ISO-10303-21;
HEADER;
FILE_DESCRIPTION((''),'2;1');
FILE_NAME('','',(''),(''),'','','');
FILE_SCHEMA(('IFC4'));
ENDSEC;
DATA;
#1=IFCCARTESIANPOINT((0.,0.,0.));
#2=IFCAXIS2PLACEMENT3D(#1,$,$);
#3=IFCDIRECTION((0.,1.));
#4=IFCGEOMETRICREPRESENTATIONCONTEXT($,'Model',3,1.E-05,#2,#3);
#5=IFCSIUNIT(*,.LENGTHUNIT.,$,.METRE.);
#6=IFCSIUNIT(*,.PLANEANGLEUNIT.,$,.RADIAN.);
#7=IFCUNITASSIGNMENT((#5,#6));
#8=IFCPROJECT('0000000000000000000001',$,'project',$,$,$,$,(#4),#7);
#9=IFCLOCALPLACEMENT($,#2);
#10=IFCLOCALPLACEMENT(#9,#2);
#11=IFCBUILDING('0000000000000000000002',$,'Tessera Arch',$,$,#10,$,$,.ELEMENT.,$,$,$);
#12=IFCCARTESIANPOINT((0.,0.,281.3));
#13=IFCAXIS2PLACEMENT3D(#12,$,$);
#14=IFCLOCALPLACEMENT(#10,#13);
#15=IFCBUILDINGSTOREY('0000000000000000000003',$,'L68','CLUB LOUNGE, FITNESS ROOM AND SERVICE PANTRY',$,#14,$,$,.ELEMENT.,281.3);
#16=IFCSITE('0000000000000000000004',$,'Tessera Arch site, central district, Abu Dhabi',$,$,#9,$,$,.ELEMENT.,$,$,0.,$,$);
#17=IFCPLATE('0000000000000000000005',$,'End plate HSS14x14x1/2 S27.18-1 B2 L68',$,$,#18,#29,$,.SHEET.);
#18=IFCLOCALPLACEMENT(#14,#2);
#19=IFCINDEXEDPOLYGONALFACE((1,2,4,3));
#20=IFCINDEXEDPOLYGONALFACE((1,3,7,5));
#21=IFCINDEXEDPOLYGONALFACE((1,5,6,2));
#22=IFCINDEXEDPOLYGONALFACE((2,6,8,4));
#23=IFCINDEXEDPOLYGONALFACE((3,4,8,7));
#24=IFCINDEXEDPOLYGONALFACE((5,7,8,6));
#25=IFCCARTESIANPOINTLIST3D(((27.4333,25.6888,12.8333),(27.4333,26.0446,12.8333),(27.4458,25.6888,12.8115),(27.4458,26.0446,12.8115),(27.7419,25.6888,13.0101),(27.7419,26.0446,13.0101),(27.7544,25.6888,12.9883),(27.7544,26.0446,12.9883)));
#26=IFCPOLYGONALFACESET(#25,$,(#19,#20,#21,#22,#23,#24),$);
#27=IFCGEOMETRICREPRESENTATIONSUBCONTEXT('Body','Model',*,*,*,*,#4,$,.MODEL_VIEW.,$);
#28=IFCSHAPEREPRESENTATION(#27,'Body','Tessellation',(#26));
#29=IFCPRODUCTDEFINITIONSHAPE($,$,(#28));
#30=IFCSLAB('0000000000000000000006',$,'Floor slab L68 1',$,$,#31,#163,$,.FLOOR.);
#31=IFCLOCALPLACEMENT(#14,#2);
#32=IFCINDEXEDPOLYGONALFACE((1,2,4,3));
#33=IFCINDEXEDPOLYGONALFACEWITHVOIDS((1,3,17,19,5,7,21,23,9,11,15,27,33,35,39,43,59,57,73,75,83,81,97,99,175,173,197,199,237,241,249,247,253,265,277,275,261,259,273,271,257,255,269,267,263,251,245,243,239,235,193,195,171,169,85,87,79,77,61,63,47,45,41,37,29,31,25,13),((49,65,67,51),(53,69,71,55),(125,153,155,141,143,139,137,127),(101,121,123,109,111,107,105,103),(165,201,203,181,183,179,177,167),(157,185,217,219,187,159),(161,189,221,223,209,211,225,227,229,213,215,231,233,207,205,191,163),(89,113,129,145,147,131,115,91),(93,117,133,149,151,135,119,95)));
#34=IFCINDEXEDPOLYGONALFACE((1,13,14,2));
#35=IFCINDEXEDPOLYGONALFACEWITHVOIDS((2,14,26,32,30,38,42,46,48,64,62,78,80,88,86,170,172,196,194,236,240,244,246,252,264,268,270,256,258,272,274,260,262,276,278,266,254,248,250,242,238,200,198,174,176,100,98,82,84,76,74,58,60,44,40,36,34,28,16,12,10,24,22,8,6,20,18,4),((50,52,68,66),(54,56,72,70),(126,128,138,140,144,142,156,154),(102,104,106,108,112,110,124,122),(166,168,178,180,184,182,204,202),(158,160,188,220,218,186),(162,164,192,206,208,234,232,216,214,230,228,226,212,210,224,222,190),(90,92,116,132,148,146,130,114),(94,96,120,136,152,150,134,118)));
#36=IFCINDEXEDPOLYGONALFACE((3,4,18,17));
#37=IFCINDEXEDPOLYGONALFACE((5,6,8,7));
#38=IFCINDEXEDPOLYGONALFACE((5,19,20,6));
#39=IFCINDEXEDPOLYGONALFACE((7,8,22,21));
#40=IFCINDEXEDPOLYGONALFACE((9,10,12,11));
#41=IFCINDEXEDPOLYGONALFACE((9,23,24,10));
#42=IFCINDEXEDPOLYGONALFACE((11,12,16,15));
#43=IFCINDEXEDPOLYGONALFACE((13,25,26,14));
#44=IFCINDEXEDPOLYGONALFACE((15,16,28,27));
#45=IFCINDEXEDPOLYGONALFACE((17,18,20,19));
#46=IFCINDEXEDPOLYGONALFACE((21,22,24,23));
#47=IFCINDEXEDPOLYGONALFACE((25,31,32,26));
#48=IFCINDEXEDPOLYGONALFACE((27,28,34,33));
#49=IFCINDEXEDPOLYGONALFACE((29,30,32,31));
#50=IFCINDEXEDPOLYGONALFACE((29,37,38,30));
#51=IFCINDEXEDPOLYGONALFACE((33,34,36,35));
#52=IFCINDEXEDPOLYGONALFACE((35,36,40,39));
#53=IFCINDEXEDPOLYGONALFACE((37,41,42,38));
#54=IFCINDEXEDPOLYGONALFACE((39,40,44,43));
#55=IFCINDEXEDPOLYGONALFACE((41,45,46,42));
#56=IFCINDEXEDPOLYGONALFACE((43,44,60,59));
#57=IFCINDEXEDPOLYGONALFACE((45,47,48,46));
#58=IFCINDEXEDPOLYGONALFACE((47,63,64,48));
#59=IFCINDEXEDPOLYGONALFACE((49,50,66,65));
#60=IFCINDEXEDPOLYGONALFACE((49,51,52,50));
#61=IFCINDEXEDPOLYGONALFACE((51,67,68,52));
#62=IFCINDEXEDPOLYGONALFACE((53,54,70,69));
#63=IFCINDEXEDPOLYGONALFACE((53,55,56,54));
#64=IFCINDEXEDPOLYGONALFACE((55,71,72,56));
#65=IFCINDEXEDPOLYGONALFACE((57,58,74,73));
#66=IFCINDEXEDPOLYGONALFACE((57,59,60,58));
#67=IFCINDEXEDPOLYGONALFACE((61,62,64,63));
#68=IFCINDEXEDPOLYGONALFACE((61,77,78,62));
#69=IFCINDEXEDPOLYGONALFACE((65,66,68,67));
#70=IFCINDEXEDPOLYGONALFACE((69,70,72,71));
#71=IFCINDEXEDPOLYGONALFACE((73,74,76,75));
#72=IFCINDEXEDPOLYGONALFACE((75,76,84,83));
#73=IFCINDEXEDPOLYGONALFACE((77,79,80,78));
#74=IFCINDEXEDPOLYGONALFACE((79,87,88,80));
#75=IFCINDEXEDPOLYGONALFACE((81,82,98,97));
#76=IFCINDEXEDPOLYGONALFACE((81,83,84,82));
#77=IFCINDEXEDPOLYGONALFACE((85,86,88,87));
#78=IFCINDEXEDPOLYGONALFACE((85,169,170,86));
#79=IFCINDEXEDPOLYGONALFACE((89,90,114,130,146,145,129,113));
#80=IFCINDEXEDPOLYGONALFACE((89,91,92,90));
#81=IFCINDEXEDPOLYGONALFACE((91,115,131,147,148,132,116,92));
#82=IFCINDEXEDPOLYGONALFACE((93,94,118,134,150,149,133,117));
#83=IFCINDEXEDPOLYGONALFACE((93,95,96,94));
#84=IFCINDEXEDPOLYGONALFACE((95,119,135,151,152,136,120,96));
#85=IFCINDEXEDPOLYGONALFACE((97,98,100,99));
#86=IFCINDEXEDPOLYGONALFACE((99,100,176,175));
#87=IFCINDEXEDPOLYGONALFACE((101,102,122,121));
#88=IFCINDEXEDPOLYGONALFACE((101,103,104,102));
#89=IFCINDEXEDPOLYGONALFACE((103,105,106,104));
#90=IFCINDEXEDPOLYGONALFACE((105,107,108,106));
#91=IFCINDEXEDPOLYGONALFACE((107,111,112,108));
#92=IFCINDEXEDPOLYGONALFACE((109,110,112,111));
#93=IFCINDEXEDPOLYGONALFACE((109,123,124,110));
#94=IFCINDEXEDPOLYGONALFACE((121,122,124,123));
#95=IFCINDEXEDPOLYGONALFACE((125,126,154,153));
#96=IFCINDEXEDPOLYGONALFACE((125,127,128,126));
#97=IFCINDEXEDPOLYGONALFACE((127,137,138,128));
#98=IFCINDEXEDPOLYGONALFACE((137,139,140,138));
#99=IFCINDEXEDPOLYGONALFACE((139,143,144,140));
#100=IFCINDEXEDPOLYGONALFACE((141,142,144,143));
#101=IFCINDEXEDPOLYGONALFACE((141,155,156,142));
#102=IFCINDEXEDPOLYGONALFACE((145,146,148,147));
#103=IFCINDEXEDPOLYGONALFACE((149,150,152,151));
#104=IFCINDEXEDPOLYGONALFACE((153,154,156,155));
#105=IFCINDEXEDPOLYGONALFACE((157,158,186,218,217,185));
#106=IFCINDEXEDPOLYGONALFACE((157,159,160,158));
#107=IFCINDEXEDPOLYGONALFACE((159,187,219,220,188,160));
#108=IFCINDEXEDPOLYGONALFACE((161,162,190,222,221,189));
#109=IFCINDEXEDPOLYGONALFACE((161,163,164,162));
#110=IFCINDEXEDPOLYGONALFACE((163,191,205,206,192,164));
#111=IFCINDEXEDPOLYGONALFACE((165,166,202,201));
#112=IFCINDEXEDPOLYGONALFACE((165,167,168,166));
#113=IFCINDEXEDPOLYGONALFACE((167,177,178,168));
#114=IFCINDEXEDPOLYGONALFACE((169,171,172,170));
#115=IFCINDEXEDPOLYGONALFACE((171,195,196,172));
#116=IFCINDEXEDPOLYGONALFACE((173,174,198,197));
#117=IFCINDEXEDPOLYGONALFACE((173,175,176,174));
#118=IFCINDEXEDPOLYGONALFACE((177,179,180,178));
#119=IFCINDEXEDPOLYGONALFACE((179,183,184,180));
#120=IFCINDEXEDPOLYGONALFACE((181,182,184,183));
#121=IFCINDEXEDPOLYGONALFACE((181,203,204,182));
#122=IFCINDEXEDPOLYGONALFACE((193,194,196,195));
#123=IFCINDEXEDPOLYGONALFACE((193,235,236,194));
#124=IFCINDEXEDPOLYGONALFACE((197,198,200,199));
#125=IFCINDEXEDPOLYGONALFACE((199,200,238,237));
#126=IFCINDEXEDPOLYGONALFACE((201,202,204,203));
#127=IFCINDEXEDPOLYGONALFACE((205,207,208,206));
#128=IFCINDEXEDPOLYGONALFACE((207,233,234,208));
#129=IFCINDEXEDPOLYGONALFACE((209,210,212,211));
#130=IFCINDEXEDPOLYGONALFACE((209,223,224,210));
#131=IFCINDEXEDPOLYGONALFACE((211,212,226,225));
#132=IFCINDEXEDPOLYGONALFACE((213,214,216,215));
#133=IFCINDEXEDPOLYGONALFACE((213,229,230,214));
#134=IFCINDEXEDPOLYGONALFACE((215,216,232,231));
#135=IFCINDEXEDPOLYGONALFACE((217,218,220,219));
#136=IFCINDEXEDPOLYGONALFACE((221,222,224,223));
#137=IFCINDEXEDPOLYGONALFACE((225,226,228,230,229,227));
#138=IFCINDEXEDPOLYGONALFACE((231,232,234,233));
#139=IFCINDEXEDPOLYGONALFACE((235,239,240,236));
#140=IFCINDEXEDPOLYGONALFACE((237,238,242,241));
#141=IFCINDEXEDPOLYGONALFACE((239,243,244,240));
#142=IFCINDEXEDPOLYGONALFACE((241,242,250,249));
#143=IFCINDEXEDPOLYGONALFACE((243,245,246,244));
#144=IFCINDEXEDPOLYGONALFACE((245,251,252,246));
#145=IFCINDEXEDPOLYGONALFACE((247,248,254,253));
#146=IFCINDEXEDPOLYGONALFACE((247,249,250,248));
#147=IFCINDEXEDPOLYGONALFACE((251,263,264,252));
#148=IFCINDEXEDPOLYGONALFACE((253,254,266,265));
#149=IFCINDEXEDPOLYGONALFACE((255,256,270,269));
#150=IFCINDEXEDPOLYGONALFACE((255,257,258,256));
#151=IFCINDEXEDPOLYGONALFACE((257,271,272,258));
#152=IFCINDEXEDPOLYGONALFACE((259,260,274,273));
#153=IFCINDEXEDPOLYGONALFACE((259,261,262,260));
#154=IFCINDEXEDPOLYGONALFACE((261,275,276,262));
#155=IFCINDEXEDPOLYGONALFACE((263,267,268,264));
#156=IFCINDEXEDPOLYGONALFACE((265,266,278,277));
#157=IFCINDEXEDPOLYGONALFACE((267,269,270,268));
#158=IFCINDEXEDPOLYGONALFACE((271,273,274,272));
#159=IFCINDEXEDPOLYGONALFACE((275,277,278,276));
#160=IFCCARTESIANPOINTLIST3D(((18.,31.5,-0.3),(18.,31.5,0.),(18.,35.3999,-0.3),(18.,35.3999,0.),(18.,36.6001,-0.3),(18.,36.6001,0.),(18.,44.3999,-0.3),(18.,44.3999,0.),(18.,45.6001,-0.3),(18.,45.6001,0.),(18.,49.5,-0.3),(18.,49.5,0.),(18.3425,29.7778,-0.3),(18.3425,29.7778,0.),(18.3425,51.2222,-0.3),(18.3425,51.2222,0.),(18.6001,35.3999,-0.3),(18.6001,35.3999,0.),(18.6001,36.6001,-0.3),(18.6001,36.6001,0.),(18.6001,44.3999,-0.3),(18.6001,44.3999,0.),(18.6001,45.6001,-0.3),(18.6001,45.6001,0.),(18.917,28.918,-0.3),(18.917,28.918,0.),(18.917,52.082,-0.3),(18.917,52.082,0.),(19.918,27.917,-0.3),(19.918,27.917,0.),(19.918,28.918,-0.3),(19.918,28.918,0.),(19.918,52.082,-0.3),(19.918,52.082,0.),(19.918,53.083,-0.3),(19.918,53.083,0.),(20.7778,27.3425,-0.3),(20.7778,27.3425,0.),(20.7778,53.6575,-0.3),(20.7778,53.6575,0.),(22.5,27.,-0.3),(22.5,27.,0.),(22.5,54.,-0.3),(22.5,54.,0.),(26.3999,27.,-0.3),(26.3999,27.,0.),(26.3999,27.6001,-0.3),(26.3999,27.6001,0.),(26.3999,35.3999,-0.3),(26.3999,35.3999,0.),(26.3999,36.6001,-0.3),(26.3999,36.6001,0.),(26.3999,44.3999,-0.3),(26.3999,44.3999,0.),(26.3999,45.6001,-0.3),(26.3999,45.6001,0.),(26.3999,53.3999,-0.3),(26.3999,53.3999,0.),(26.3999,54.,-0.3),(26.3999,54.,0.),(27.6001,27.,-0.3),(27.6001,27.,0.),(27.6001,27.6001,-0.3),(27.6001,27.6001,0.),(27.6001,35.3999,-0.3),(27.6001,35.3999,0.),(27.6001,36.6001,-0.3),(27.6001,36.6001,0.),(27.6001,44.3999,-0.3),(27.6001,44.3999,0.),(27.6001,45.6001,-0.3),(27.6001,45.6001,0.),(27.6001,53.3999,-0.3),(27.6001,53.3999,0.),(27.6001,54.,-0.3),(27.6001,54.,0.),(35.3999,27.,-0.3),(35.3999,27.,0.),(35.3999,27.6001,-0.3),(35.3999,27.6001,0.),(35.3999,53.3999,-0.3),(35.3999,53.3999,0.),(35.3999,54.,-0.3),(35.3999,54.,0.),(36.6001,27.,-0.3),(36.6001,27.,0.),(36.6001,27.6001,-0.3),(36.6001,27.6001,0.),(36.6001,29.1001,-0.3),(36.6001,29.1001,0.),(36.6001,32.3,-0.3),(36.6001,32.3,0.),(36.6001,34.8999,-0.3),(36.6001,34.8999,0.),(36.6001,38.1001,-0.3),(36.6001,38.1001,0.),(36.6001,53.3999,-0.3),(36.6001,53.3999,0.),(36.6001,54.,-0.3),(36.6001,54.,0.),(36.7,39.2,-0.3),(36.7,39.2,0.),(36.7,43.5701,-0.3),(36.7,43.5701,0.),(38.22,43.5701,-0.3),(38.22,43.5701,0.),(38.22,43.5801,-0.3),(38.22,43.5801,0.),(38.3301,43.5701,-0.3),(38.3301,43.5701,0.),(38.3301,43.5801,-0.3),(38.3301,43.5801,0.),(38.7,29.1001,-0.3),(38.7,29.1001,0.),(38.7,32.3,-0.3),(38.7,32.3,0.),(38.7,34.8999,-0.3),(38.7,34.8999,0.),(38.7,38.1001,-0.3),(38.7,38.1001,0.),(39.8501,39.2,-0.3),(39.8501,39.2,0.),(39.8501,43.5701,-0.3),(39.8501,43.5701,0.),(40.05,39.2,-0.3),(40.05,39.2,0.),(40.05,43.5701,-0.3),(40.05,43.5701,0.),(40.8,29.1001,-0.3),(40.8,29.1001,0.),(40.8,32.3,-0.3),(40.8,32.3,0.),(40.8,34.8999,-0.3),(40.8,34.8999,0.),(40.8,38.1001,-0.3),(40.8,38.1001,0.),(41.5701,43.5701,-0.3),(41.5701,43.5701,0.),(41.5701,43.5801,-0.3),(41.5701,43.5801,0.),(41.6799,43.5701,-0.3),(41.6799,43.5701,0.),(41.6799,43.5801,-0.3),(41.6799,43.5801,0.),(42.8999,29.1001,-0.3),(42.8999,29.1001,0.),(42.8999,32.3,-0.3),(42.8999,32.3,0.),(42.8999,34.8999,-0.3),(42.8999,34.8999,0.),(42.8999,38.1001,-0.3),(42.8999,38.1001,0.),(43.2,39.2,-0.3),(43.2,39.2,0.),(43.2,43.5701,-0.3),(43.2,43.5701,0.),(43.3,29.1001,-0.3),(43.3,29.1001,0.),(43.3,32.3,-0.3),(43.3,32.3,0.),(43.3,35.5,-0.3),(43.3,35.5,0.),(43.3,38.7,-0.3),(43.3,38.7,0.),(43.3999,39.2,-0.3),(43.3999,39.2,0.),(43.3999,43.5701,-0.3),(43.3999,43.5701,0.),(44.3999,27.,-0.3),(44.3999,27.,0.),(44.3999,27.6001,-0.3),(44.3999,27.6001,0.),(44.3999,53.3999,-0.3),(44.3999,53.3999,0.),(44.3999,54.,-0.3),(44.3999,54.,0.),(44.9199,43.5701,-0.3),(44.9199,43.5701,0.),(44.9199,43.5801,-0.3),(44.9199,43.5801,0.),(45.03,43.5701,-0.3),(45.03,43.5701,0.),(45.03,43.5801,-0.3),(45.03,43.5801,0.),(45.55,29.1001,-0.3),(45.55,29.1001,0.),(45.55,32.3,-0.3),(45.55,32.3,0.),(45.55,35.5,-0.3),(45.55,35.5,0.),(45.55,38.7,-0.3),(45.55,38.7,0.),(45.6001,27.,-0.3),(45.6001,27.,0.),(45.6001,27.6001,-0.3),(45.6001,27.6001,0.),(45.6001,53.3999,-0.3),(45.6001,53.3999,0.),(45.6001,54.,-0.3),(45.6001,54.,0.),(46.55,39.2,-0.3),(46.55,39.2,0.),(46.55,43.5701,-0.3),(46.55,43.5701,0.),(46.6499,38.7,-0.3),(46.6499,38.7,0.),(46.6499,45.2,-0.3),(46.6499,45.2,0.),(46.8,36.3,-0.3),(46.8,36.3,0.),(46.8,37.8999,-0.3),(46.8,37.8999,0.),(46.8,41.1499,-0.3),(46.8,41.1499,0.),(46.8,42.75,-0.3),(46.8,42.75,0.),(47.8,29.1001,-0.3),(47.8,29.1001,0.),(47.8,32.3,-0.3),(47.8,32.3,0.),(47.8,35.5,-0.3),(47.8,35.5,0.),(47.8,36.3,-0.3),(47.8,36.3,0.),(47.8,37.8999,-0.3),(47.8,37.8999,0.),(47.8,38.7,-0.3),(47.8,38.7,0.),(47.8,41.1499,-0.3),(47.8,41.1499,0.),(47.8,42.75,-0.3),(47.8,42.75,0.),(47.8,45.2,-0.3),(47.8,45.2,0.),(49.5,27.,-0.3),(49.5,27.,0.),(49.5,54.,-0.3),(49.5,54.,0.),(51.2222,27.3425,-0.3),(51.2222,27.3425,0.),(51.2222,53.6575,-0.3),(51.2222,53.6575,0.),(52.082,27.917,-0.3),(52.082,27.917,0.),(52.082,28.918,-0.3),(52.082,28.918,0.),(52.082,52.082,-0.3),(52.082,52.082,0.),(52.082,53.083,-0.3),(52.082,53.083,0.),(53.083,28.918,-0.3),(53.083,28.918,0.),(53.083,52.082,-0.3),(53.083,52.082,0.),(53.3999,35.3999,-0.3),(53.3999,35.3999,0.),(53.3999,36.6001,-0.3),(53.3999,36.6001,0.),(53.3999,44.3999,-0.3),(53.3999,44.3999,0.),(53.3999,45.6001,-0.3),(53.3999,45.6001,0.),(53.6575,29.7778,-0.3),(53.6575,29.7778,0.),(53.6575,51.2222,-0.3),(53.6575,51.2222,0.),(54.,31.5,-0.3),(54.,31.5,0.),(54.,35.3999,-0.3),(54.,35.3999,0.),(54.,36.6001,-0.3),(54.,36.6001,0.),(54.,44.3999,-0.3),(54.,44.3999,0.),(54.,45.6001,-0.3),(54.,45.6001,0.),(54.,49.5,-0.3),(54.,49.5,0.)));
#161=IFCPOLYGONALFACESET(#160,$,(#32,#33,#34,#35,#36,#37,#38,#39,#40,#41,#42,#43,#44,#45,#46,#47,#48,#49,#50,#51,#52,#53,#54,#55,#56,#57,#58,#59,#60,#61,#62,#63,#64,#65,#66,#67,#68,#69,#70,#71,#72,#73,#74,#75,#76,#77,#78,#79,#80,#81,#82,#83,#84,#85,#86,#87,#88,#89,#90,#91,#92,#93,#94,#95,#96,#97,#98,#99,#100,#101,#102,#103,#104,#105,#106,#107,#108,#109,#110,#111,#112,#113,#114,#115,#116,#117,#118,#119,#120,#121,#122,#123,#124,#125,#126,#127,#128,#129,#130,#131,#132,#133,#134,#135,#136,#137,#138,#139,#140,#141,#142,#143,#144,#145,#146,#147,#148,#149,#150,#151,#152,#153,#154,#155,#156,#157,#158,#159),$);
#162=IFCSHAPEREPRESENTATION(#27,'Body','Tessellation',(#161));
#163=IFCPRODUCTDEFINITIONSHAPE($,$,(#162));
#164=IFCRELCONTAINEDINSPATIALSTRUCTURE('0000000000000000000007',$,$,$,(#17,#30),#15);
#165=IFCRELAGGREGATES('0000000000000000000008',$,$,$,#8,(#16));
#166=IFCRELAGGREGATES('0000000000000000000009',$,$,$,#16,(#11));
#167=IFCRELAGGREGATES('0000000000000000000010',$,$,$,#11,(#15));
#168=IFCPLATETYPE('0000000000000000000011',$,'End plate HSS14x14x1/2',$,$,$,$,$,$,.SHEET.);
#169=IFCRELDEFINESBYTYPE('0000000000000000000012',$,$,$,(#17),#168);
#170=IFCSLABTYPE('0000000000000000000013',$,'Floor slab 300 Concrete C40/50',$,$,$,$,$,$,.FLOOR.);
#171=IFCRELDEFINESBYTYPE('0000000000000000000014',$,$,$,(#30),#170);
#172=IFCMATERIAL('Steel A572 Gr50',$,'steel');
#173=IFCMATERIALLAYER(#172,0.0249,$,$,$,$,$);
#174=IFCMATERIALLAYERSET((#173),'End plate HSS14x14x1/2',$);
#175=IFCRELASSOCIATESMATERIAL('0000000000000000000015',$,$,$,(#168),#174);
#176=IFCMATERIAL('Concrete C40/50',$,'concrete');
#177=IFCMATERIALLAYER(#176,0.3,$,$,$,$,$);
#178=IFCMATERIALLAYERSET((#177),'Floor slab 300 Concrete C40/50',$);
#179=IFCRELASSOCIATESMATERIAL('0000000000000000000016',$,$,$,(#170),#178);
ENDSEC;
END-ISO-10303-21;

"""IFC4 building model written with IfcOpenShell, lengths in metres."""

from ifc_helpers import new_model, si_unit, direction, frame, origin, origin_2d, place, context, subcontext, project, spatial, polyline, rectangle, outline, extrude, material, layer, layer_set, type_object, element, save


model = new_model("IFC4")

# Units and contexts
model_context = context("Model", 3, precision=1e-05, world=origin(), true_north=direction((0.0, 1.0)))
body_context = subcontext(model_context, "Body", "Model", "MODEL_VIEW")
ifc_project = project(units=[si_unit("LENGTHUNIT", "METRE"), si_unit("PLANEANGLEUNIT", "RADIAN")], contexts=[model_context])

# Site, building, storey
site_placement = place(None, origin())
site = spatial("IfcSite", under=ifc_project, at=site_placement, Name="Tessera Arch site, central district, Abu Dhabi", CompositionType="ELEMENT", RefElevation=0.0)
building_placement = place(site_placement, origin())
building = spatial("IfcBuilding", under=site, at=building_placement, Name="Tessera Arch", CompositionType="ELEMENT")
storey_placement = place(building_placement, frame((0.0, 0.0, 281.3)))
storey = spatial("IfcBuildingStorey", under=building, at=storey_placement, Name="L68", Description="CLUB LOUNGE, FITNESS ROOM AND SERVICE PANTRY", CompositionType="ELEMENT", Elevation=281.3)

# Plate
ifc_material_1 = material(Name="Steel A572 Gr50", Category="steel")
ifc_layer_1 = layer(ifc_material_1, 0.0249)
ifc_layer_set_1 = layer_set([ifc_layer_1], Name="End plate HSS14x14x1/2")
plate_type_1 = type_object("IfcPlateType", Name="End plate HSS14x14x1/2", PredefinedType="SHEET", material=ifc_layer_set_1)
plate_1_placement = place(storey_placement, frame((27.6001, 25.8667, 12.8999), z_axis=(-0.497188, 0.0, 0.867643), x_axis=(0.0, -1.0, 0.0)))
element("IfcPlate", 1, at=plate_1_placement, inside=storey, type_object=plate_type_1, Name="End plate HSS14x14x1/2 S27.18-1 B2 L68", PredefinedType="SHEET", context=body_context, shape_type="SweptSolid", body=[
    extrude(rectangle(XDim=0.3557, YDim=0.3557, at=origin_2d()), origin(), (0.0, 0.0, 1.0), 0.0251),
])

# Slab
ifc_material_2 = material(Name="Concrete C40/50", Category="concrete")
ifc_layer_2 = layer(ifc_material_2, 0.3)
ifc_layer_set_2 = layer_set([ifc_layer_2], Name="Floor slab 300 Concrete C40/50")
slab_type_1 = type_object("IfcSlabType", Name="Floor slab 300 Concrete C40/50", PredefinedType="FLOOR", material=ifc_layer_set_2)
slab_1_placement = place(storey_placement, frame((0.0, 0.0, -0.3)))
element("IfcSlab", 2, at=slab_1_placement, inside=storey, type_object=slab_type_1, Name="Floor slab L68 1", PredefinedType="FLOOR", context=body_context, shape_type="SweptSolid", body=[
    extrude(outline(polyline([(54.0, 31.5), (53.6575, 29.7778), (53.083, 28.918), (52.082, 28.918), (52.082, 27.917), (51.2222, 27.3425), (49.5, 27.0), (45.6001, 27.0), (45.6001, 27.6001), (44.3999, 27.6001), (44.3999, 27.0), (36.6001, 27.0), (36.6001, 27.6001), (35.3999, 27.6001), (35.3999, 27.0), (27.6001, 27.0), (27.6001, 27.6001), (26.3999, 27.6001), (26.3999, 27.0), (22.5, 27.0), (20.7778, 27.3425), (19.918, 27.917), (19.918, 28.918), (18.917, 28.918), (18.3425, 29.7778), (18.0, 31.5), (18.0, 35.3999), (18.6001, 35.3999), (18.6001, 36.6001), (18.0, 36.6001), (18.0, 44.3999), (18.6001, 44.3999), (18.6001, 45.6001), (18.0, 45.6001), (18.0, 49.5), (18.3425, 51.2222), (18.917, 52.082), (19.918, 52.082), (19.918, 53.083), (20.7778, 53.6575), (22.5, 54.0), (26.3999, 54.0), (26.3999, 53.3999), (27.6001, 53.3999), (27.6001, 54.0), (35.3999, 54.0), (35.3999, 53.3999), (36.6001, 53.3999), (36.6001, 54.0), (44.3999, 54.0), (44.3999, 53.3999), (45.6001, 53.3999), (45.6001, 54.0), (49.5, 54.0), (51.2222, 53.6575), (52.082, 53.083), (52.082, 52.082), (53.083, 52.082), (53.6575, 51.2222), (54.0, 49.5), (54.0, 45.6001), (53.3999, 45.6001), (53.3999, 44.3999), (54.0, 44.3999), (54.0, 36.6001), (53.3999, 36.6001), (53.3999, 35.3999), (54.0, 35.3999), (54.0, 31.5)]), holes=[polyline([(40.8, 29.1001), (42.8999, 29.1001), (42.8999, 32.3), (40.8, 32.3), (38.7, 32.3), (36.6001, 32.3), (36.6001, 29.1001), (38.7, 29.1001), (40.8, 29.1001)]), polyline([(27.6001, 35.3999), (27.6001, 36.6001), (26.3999, 36.6001), (26.3999, 35.3999), (27.6001, 35.3999)]), polyline([(40.8, 34.8999), (42.8999, 34.8999), (42.8999, 38.1001), (40.8, 38.1001), (38.7, 38.1001), (36.6001, 38.1001), (36.6001, 34.8999), (38.7, 34.8999), (40.8, 34.8999)]), polyline([(38.22, 43.5801), (38.22, 43.5701), (36.7, 43.5701), (36.7, 39.2), (39.8501, 39.2), (39.8501, 43.5701), (38.3301, 43.5701), (38.3301, 43.5801), (38.22, 43.5801)]), polyline([(27.6001, 44.3999), (27.6001, 45.6001), (26.3999, 45.6001), (26.3999, 44.3999), (27.6001, 44.3999)]), polyline([(47.8, 32.3), (45.55, 32.3), (43.3, 32.3), (43.3, 29.1001), (45.55, 29.1001), (47.8, 29.1001), (47.8, 32.3)]), polyline([(46.6499, 38.7), (45.55, 38.7), (43.3, 38.7), (43.3, 35.5), (45.55, 35.5), (47.8, 35.5), (47.8, 36.3), (46.8, 36.3), (46.8, 37.8999), (47.8, 37.8999), (47.8, 38.7), (47.8, 41.1499), (46.8, 41.1499), (46.8, 42.75), (47.8, 42.75), (47.8, 45.2), (46.6499, 45.2), (46.6499, 38.7)]), polyline([(41.5701, 43.5801), (41.5701, 43.5701), (40.05, 43.5701), (40.05, 39.2), (43.2, 39.2), (43.2, 43.5701), (41.6799, 43.5701), (41.6799, 43.5801), (41.5701, 43.5801)]), polyline([(44.9199, 43.5801), (44.9199, 43.5701), (43.3999, 43.5701), (43.3999, 39.2), (46.55, 39.2), (46.55, 43.5701), (45.03, 43.5701), (45.03, 43.5801), (44.9199, 43.5801)])]), origin(), (0.0, 0.0, 1.0), 0.3),
])

save(model, "model.ifc")
